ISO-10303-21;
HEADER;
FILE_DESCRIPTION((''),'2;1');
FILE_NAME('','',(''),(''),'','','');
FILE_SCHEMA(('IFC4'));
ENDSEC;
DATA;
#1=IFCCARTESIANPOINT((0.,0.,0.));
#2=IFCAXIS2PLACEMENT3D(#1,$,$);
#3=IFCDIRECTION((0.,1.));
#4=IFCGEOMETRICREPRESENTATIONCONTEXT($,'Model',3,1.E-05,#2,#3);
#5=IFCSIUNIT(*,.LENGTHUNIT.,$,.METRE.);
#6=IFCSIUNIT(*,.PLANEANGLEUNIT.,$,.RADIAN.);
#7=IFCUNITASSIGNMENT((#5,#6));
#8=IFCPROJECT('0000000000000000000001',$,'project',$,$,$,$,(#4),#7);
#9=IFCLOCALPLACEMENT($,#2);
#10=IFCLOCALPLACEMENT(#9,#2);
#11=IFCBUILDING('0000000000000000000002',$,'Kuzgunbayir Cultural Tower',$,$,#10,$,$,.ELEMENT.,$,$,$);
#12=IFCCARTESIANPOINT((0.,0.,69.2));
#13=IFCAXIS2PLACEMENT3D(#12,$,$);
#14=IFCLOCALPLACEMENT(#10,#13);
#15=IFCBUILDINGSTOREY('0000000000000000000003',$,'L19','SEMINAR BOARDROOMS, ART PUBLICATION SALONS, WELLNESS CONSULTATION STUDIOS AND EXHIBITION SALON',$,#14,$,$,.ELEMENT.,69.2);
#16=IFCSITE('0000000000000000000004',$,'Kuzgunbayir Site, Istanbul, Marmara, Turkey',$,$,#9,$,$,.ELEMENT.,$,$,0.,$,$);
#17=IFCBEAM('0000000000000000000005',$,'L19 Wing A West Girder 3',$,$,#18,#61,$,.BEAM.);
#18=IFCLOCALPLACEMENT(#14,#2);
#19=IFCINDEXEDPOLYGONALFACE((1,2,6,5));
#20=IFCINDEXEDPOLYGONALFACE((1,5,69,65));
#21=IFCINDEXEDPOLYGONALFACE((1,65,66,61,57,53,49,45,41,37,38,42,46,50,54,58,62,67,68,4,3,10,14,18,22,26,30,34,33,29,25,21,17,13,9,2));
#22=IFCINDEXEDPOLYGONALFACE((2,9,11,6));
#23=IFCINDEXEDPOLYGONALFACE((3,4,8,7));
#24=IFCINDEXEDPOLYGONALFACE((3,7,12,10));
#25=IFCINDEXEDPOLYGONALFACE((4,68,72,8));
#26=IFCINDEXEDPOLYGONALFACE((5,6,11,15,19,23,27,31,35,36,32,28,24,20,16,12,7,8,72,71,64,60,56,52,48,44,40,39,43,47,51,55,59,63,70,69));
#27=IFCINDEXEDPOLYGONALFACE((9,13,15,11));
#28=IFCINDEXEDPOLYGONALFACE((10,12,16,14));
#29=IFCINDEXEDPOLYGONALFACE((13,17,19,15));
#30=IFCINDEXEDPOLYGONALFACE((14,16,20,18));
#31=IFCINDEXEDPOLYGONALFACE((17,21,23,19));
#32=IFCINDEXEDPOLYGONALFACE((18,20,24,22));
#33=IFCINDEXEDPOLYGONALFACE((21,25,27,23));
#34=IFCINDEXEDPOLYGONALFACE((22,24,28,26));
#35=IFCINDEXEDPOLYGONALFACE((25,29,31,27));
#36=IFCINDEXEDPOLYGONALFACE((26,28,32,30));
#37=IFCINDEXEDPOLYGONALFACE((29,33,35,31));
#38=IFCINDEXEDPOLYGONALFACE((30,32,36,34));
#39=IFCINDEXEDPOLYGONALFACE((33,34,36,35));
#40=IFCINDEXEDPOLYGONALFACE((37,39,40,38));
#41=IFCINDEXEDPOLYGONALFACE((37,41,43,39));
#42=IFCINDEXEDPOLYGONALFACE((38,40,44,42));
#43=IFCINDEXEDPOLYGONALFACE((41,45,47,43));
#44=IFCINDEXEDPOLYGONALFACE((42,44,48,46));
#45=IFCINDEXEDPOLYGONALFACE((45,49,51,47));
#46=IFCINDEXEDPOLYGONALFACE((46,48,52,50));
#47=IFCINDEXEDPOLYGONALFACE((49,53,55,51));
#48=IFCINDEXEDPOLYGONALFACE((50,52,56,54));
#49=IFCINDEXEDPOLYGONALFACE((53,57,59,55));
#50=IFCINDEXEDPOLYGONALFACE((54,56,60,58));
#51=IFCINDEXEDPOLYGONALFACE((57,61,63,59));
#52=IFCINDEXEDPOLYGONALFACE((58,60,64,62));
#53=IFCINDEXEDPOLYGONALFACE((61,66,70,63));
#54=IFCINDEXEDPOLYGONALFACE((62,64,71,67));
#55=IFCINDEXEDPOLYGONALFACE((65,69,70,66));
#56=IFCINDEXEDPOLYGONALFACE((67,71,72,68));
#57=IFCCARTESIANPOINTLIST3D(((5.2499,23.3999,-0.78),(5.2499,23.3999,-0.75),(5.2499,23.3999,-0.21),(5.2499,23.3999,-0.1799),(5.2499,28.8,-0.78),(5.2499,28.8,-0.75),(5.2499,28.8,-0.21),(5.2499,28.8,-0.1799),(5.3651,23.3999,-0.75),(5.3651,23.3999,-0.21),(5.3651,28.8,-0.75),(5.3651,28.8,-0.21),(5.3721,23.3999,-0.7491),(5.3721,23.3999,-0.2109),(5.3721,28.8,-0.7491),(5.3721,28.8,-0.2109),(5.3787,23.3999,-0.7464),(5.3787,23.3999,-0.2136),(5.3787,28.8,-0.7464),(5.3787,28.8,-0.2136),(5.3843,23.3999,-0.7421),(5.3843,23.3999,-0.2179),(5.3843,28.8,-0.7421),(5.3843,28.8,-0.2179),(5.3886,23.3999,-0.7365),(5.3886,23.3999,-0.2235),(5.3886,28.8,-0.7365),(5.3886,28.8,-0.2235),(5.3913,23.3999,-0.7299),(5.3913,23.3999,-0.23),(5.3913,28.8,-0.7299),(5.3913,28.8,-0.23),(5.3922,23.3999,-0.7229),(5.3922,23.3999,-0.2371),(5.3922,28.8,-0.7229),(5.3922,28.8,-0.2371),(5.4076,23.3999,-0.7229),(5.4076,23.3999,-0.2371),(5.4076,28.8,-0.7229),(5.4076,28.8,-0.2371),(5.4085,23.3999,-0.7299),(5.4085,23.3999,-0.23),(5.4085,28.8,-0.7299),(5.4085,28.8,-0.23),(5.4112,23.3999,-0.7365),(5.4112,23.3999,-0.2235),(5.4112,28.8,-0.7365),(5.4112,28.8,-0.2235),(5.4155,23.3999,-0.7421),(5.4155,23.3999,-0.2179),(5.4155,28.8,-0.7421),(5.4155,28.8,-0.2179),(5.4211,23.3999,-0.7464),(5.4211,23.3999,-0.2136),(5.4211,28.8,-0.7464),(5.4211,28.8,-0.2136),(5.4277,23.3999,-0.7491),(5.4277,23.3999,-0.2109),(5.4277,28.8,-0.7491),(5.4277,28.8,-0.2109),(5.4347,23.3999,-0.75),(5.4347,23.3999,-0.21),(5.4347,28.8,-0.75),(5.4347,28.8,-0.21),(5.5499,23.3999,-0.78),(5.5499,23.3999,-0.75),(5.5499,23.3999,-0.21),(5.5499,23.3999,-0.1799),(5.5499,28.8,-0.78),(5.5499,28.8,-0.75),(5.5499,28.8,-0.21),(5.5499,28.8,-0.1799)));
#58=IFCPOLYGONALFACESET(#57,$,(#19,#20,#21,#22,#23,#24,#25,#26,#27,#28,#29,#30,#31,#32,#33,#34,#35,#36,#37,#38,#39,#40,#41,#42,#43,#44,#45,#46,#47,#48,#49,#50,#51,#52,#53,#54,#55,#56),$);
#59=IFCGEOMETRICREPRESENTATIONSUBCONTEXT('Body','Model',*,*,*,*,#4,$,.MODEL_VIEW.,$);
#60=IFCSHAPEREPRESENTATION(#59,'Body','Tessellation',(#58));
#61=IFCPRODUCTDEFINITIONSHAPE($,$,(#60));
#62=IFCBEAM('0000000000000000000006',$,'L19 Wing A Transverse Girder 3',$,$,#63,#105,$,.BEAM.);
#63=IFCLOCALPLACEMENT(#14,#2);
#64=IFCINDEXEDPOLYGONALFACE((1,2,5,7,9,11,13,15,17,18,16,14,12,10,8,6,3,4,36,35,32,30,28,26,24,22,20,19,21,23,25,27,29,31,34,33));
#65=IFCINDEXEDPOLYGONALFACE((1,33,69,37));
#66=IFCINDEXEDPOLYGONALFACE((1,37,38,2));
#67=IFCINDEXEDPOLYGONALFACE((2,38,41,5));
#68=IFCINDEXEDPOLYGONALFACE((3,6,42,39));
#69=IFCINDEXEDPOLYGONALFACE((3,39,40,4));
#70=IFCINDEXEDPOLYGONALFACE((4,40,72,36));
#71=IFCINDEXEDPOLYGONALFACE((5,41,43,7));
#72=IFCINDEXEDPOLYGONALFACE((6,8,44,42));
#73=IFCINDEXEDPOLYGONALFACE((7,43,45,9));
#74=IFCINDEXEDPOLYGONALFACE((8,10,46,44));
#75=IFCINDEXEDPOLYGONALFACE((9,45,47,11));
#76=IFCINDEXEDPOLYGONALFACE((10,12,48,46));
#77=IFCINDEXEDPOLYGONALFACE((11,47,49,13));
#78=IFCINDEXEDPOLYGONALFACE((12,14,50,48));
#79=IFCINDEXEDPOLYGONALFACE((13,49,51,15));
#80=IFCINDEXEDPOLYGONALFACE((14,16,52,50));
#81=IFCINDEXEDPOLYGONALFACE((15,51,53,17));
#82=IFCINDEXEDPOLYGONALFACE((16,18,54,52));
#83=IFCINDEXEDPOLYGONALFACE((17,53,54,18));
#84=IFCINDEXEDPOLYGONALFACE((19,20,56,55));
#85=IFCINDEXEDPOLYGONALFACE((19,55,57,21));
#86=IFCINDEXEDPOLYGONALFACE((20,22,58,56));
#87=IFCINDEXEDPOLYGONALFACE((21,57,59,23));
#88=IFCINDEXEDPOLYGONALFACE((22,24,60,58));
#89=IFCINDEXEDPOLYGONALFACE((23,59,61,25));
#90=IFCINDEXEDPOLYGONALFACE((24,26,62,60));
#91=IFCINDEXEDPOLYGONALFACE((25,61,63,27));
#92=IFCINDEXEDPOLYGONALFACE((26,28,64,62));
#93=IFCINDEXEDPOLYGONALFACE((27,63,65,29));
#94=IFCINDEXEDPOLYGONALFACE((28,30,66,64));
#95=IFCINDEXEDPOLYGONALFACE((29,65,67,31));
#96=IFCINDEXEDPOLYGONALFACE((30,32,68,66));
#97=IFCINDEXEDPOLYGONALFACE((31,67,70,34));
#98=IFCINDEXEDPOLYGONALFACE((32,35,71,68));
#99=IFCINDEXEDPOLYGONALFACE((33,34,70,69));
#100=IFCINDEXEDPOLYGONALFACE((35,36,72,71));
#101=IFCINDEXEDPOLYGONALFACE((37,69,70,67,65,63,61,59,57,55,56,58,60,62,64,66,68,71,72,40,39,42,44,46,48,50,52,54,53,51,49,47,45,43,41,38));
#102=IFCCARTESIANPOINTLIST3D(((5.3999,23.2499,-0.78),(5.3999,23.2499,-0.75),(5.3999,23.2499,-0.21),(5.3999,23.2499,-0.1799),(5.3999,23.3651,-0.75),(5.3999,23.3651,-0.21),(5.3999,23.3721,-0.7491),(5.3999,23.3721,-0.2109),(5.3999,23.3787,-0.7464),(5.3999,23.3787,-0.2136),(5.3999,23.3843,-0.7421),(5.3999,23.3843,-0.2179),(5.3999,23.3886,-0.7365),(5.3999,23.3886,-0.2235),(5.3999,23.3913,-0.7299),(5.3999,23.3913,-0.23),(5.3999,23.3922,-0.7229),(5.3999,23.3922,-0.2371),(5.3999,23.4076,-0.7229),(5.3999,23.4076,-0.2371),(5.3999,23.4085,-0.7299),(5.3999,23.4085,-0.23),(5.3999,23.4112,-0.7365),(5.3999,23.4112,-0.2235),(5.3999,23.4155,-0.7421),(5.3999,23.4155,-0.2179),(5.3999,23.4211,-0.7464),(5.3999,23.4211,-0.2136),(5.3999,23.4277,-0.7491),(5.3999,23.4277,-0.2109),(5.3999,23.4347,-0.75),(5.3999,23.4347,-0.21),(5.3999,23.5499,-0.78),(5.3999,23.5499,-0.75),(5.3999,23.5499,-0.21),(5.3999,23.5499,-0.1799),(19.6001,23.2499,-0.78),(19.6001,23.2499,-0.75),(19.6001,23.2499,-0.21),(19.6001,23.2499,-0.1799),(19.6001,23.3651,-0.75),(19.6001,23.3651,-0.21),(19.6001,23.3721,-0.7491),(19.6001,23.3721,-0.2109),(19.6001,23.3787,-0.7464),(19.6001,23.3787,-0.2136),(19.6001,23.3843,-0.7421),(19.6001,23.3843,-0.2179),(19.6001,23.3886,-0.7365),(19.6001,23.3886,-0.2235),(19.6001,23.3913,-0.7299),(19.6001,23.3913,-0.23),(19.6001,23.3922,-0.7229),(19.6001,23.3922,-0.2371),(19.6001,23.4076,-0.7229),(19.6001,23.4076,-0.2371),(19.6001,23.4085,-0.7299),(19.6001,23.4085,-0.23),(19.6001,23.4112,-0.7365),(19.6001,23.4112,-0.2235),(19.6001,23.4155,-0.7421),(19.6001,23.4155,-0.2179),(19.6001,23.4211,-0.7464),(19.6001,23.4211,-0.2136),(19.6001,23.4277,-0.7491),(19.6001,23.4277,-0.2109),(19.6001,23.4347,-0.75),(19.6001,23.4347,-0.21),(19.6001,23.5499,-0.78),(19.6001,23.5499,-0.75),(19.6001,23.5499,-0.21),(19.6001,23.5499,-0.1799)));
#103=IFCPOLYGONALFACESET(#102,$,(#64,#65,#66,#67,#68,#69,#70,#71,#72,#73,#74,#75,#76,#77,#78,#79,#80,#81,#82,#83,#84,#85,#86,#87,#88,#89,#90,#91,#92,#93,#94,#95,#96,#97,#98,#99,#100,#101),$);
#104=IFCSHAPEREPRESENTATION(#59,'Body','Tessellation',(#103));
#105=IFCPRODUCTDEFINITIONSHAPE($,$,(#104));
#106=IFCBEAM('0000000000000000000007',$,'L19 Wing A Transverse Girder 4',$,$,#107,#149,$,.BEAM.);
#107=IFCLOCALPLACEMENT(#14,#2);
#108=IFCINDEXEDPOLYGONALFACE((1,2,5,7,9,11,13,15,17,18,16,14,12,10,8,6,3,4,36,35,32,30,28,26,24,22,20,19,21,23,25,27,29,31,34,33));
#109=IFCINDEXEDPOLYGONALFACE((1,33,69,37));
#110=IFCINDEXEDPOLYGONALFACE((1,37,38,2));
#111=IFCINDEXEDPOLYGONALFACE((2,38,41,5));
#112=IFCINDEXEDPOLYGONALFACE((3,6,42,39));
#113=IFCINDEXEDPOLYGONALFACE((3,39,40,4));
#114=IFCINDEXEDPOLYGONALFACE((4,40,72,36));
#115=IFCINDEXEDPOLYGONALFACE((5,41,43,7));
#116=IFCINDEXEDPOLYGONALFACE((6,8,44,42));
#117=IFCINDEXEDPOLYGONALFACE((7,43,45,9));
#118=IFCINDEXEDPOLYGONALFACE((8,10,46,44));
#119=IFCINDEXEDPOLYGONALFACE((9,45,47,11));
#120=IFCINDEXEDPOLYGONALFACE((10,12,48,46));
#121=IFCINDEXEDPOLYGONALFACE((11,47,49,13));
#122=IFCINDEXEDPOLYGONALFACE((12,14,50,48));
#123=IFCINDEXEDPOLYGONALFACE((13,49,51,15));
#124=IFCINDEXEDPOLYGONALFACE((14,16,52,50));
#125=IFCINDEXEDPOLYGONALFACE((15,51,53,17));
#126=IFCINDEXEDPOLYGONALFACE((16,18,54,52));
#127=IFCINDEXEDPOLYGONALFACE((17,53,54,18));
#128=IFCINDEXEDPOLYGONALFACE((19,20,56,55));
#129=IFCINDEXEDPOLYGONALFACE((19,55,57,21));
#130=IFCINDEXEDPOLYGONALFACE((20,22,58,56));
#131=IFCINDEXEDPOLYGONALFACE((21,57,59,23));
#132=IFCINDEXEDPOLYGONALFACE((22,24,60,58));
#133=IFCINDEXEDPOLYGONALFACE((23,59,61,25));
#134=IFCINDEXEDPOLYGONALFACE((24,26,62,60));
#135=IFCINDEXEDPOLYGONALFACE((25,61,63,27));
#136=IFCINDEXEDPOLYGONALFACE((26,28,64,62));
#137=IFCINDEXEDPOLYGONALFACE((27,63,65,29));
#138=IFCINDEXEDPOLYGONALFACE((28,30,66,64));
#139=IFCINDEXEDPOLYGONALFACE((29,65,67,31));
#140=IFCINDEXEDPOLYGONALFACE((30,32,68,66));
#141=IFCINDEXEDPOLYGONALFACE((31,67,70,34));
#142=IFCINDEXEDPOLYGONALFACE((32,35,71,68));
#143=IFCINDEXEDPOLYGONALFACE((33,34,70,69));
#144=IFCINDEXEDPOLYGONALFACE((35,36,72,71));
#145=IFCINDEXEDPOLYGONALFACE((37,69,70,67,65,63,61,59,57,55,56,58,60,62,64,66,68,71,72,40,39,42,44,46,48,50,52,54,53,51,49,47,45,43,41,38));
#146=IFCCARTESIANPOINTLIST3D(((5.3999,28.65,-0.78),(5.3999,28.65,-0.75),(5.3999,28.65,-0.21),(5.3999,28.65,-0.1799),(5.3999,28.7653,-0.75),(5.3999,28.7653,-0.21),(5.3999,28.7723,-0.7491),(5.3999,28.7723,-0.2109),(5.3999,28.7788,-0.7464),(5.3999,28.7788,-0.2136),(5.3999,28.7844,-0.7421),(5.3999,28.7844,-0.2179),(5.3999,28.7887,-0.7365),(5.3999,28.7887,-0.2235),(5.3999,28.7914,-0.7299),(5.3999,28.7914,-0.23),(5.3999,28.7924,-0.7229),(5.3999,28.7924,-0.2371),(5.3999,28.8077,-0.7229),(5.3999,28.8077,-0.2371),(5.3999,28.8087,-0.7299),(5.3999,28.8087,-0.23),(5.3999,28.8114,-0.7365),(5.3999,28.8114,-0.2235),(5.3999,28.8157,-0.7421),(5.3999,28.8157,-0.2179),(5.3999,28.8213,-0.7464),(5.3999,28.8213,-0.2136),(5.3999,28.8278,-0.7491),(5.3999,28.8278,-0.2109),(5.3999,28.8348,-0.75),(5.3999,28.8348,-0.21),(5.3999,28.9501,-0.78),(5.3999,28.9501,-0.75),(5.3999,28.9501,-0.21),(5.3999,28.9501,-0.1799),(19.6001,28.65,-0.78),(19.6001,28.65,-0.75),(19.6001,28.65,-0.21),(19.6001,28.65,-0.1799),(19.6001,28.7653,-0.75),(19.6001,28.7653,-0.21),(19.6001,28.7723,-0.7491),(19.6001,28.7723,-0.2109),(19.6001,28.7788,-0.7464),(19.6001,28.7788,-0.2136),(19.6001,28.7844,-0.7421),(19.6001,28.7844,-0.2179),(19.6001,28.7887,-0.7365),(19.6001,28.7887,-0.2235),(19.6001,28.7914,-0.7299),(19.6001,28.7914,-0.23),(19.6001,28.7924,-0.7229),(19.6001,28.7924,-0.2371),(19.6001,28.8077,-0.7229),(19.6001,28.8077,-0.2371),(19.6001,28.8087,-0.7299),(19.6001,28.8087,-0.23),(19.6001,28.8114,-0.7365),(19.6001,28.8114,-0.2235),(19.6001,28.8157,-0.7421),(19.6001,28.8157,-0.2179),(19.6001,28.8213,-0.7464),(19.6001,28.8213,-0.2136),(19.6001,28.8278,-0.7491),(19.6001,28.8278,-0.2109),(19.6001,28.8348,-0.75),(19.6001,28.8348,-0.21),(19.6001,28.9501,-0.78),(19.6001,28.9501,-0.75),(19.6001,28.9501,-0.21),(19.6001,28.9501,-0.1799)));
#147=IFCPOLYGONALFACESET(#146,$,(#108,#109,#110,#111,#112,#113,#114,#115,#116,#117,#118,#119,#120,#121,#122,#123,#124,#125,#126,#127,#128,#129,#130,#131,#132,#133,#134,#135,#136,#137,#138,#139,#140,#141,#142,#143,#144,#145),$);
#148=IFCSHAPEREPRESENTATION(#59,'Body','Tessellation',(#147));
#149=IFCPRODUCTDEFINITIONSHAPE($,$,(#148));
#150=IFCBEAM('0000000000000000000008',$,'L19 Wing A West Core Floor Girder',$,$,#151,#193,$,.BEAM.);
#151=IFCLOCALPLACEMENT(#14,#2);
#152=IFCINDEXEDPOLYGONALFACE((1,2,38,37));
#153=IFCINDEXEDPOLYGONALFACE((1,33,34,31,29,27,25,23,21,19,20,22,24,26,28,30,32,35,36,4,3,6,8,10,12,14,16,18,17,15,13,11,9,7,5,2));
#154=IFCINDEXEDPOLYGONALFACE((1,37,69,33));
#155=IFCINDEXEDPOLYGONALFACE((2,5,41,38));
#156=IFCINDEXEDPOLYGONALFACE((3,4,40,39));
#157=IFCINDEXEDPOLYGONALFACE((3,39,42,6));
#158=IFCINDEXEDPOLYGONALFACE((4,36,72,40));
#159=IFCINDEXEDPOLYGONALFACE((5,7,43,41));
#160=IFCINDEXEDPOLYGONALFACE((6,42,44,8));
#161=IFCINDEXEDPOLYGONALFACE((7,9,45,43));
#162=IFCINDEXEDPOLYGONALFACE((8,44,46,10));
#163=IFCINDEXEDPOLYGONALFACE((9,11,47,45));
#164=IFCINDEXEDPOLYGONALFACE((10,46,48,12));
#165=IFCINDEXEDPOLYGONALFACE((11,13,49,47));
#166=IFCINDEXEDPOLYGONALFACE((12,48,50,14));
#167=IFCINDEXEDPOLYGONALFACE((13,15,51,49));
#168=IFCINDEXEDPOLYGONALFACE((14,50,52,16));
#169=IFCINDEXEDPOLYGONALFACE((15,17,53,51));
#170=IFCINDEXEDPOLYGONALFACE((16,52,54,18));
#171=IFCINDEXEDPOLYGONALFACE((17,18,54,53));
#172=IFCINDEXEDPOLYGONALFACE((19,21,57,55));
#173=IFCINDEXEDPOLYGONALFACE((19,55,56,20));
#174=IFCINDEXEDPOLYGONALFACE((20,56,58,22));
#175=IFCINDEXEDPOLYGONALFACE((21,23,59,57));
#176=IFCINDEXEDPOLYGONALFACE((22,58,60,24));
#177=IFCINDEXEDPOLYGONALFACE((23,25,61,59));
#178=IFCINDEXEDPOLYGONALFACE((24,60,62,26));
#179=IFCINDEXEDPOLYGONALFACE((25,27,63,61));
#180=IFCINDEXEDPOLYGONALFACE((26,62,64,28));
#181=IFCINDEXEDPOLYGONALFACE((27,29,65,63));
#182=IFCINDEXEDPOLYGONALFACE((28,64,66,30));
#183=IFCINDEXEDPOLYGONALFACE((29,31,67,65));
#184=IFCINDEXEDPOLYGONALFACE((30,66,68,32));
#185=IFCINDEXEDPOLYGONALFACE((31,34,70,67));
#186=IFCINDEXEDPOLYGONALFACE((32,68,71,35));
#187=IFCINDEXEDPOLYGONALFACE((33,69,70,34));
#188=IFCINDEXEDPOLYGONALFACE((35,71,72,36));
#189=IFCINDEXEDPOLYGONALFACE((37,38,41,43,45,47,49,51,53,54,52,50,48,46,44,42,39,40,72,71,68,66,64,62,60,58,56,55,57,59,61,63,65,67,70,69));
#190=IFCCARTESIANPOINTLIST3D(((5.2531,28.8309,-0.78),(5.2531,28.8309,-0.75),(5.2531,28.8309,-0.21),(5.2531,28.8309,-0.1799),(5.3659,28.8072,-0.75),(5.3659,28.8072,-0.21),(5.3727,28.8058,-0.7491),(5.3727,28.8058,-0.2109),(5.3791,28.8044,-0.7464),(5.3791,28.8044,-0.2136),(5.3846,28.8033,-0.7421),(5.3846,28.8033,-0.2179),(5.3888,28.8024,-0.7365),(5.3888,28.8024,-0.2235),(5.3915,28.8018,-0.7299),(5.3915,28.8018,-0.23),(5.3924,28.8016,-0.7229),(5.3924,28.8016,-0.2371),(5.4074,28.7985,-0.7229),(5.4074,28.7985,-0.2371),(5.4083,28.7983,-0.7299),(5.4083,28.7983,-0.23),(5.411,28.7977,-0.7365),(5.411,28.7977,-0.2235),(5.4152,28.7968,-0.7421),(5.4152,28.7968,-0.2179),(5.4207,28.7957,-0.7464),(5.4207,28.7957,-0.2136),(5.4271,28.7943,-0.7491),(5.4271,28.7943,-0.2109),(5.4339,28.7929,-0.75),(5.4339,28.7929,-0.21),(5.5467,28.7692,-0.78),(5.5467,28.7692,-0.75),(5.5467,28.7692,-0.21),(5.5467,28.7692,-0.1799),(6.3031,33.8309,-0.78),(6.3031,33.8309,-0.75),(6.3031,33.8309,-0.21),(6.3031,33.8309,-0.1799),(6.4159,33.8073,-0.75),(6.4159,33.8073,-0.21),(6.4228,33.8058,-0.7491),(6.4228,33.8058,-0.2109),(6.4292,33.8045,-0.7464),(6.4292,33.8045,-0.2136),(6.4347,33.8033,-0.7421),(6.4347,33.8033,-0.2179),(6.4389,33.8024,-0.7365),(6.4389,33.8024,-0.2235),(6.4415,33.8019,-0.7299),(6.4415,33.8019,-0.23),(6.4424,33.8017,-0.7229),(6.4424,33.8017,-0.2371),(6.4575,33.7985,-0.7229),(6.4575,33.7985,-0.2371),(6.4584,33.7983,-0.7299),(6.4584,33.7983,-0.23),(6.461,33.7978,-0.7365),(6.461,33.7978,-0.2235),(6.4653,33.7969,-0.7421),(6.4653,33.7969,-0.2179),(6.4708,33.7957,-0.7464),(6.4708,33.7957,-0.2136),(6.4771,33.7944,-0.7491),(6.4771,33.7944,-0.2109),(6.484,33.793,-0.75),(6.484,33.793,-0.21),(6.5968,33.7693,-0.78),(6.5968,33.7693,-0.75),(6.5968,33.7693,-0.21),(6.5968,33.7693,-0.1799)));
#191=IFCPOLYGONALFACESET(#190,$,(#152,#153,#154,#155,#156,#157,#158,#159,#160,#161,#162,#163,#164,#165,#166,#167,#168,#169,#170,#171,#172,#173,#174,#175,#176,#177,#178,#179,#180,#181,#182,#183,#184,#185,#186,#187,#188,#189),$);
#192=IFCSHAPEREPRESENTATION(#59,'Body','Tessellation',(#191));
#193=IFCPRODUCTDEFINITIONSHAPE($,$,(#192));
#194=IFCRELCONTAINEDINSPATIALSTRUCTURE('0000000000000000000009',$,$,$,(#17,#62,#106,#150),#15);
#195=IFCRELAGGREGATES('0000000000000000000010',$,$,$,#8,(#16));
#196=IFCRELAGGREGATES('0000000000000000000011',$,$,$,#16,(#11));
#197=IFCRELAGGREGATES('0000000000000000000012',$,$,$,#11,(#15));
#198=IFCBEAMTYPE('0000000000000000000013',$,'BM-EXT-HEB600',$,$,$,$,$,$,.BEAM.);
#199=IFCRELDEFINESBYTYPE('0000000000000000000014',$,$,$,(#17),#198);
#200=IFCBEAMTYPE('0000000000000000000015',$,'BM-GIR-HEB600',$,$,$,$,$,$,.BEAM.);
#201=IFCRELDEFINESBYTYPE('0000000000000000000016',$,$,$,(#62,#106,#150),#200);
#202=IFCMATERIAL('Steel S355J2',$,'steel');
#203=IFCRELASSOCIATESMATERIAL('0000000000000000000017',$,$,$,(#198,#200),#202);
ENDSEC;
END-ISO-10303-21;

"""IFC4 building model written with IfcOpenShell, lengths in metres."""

from ifc_helpers import new_model, si_unit, direction, frame, origin, origin_2d, place, context, subcontext, project, spatial, i_section, extrude, material, material_profile, profile_set, type_object, element, save


model = new_model("IFC4")

# Units and contexts
model_context = context("Model", 3, precision=1e-05, world=origin(), true_north=direction((0.0, 1.0)))
body_context = subcontext(model_context, "Body", "Model", "MODEL_VIEW")
ifc_project = project(units=[si_unit("LENGTHUNIT", "METRE"), si_unit("PLANEANGLEUNIT", "RADIAN")], contexts=[model_context])

# Site, building, storey
site_placement = place(None, origin())
site = spatial("IfcSite", under=ifc_project, at=site_placement, Name="Kuzgunbayir Site, Istanbul, Marmara, Turkey", CompositionType="ELEMENT", RefElevation=0.0)
building_placement = place(site_placement, origin())
building = spatial("IfcBuilding", under=site, at=building_placement, Name="Kuzgunbayir Cultural Tower", CompositionType="ELEMENT")
storey_placement = place(building_placement, frame((0.0, 0.0, 69.2)))
storey = spatial("IfcBuildingStorey", under=building, at=storey_placement, Name="L19", Description="SEMINAR BOARDROOMS, ART PUBLICATION SALONS, WELLNESS CONSULTATION STUDIOS AND EXHIBITION SALON", CompositionType="ELEMENT", Elevation=69.2)

# Beams
ifc_material_1 = material(Name="Steel S355J2", Category="steel")
ifc_material_profile_1 = material_profile(ifc_material_1, i_section(OverallWidth=0.3, OverallDepth=0.6001, WebThickness=0.0154, FlangeThickness=0.03, FilletRadius=0.0271, at=origin_2d()), Name="HEB 600")
ifc_profile_set_1 = profile_set([ifc_material_profile_1], Name="Steel S355J2")
beam_type_1 = type_object("IfcBeamType", Name="BM-EXT-HEB600", PredefinedType="BEAM", material=ifc_profile_set_1)
beam_1_placement = place(storey_placement, frame((5.3999, 23.3999, -0.48), z_axis=(0.0, 1.0, 0.0), x_axis=(-1.0, 0.0, 0.0)))
element("IfcBeam", 1, at=beam_1_placement, inside=storey, type_object=beam_type_1, Name="L19 Wing A West Girder 3", PredefinedType="BEAM", context=body_context, shape_type="SweptSolid", body=[
    extrude(i_section(OverallWidth=0.3, OverallDepth=0.6001, WebThickness=0.0154, FlangeThickness=0.03, FilletRadius=0.0271, at=origin_2d()), origin(), (0.0, 0.0, 1.0), 5.4001),
])
ifc_material_profile_2 = material_profile(ifc_material_1, i_section(OverallWidth=0.3, OverallDepth=0.6001, WebThickness=0.0154, FlangeThickness=0.03, FilletRadius=0.0271, at=origin_2d()), Name="HEB 600")
ifc_profile_set_2 = profile_set([ifc_material_profile_2], Name="Steel S355J2")
beam_type_2 = type_object("IfcBeamType", Name="BM-GIR-HEB600", PredefinedType="BEAM", material=ifc_profile_set_2)
for number, where, z_axis, x_axis, name in (
    (2, (5.3999, 23.3999, -0.48), (1.0, 0.0, 0.0), (0.0, 1.0, 0.0), "L19 Wing A Transverse Girder 3"),
    (3, (5.3999, 28.8, -0.48), (1.0, 0.0, 0.0), (0.0, 1.0, 0.0), "L19 Wing A Transverse Girder 4"),
):
    element("IfcBeam", number, at=place(storey_placement, frame(where, z_axis=z_axis, x_axis=x_axis)), inside=storey, type_object=beam_type_2, Name=name, PredefinedType="BEAM", context=body_context, shape_type="SweptSolid", body=[
        extrude(i_section(OverallWidth=0.3, OverallDepth=0.6001, WebThickness=0.0154, FlangeThickness=0.03, FilletRadius=0.0271, at=origin_2d()), origin(), (0.0, 0.0, 1.0), 14.2002),
    ])
beam_2_placement = place(storey_placement, frame((5.3999, 28.8, -0.48), z_axis=(0.205526, 0.978652, 0.0), x_axis=(-0.978652, 0.205526, 0.0)))
element("IfcBeam", 4, at=beam_2_placement, inside=storey, type_object=beam_type_2, Name="L19 Wing A West Core Floor Girder", PredefinedType="BEAM", context=body_context, shape_type="SweptSolid", body=[
    extrude(i_section(OverallWidth=0.3, OverallDepth=0.6001, WebThickness=0.0154, FlangeThickness=0.03, FilletRadius=0.0271, at=origin_2d()), origin(), (0.0, 0.0, 1.0), 5.1091),
])

save(model, "model.ifc")
